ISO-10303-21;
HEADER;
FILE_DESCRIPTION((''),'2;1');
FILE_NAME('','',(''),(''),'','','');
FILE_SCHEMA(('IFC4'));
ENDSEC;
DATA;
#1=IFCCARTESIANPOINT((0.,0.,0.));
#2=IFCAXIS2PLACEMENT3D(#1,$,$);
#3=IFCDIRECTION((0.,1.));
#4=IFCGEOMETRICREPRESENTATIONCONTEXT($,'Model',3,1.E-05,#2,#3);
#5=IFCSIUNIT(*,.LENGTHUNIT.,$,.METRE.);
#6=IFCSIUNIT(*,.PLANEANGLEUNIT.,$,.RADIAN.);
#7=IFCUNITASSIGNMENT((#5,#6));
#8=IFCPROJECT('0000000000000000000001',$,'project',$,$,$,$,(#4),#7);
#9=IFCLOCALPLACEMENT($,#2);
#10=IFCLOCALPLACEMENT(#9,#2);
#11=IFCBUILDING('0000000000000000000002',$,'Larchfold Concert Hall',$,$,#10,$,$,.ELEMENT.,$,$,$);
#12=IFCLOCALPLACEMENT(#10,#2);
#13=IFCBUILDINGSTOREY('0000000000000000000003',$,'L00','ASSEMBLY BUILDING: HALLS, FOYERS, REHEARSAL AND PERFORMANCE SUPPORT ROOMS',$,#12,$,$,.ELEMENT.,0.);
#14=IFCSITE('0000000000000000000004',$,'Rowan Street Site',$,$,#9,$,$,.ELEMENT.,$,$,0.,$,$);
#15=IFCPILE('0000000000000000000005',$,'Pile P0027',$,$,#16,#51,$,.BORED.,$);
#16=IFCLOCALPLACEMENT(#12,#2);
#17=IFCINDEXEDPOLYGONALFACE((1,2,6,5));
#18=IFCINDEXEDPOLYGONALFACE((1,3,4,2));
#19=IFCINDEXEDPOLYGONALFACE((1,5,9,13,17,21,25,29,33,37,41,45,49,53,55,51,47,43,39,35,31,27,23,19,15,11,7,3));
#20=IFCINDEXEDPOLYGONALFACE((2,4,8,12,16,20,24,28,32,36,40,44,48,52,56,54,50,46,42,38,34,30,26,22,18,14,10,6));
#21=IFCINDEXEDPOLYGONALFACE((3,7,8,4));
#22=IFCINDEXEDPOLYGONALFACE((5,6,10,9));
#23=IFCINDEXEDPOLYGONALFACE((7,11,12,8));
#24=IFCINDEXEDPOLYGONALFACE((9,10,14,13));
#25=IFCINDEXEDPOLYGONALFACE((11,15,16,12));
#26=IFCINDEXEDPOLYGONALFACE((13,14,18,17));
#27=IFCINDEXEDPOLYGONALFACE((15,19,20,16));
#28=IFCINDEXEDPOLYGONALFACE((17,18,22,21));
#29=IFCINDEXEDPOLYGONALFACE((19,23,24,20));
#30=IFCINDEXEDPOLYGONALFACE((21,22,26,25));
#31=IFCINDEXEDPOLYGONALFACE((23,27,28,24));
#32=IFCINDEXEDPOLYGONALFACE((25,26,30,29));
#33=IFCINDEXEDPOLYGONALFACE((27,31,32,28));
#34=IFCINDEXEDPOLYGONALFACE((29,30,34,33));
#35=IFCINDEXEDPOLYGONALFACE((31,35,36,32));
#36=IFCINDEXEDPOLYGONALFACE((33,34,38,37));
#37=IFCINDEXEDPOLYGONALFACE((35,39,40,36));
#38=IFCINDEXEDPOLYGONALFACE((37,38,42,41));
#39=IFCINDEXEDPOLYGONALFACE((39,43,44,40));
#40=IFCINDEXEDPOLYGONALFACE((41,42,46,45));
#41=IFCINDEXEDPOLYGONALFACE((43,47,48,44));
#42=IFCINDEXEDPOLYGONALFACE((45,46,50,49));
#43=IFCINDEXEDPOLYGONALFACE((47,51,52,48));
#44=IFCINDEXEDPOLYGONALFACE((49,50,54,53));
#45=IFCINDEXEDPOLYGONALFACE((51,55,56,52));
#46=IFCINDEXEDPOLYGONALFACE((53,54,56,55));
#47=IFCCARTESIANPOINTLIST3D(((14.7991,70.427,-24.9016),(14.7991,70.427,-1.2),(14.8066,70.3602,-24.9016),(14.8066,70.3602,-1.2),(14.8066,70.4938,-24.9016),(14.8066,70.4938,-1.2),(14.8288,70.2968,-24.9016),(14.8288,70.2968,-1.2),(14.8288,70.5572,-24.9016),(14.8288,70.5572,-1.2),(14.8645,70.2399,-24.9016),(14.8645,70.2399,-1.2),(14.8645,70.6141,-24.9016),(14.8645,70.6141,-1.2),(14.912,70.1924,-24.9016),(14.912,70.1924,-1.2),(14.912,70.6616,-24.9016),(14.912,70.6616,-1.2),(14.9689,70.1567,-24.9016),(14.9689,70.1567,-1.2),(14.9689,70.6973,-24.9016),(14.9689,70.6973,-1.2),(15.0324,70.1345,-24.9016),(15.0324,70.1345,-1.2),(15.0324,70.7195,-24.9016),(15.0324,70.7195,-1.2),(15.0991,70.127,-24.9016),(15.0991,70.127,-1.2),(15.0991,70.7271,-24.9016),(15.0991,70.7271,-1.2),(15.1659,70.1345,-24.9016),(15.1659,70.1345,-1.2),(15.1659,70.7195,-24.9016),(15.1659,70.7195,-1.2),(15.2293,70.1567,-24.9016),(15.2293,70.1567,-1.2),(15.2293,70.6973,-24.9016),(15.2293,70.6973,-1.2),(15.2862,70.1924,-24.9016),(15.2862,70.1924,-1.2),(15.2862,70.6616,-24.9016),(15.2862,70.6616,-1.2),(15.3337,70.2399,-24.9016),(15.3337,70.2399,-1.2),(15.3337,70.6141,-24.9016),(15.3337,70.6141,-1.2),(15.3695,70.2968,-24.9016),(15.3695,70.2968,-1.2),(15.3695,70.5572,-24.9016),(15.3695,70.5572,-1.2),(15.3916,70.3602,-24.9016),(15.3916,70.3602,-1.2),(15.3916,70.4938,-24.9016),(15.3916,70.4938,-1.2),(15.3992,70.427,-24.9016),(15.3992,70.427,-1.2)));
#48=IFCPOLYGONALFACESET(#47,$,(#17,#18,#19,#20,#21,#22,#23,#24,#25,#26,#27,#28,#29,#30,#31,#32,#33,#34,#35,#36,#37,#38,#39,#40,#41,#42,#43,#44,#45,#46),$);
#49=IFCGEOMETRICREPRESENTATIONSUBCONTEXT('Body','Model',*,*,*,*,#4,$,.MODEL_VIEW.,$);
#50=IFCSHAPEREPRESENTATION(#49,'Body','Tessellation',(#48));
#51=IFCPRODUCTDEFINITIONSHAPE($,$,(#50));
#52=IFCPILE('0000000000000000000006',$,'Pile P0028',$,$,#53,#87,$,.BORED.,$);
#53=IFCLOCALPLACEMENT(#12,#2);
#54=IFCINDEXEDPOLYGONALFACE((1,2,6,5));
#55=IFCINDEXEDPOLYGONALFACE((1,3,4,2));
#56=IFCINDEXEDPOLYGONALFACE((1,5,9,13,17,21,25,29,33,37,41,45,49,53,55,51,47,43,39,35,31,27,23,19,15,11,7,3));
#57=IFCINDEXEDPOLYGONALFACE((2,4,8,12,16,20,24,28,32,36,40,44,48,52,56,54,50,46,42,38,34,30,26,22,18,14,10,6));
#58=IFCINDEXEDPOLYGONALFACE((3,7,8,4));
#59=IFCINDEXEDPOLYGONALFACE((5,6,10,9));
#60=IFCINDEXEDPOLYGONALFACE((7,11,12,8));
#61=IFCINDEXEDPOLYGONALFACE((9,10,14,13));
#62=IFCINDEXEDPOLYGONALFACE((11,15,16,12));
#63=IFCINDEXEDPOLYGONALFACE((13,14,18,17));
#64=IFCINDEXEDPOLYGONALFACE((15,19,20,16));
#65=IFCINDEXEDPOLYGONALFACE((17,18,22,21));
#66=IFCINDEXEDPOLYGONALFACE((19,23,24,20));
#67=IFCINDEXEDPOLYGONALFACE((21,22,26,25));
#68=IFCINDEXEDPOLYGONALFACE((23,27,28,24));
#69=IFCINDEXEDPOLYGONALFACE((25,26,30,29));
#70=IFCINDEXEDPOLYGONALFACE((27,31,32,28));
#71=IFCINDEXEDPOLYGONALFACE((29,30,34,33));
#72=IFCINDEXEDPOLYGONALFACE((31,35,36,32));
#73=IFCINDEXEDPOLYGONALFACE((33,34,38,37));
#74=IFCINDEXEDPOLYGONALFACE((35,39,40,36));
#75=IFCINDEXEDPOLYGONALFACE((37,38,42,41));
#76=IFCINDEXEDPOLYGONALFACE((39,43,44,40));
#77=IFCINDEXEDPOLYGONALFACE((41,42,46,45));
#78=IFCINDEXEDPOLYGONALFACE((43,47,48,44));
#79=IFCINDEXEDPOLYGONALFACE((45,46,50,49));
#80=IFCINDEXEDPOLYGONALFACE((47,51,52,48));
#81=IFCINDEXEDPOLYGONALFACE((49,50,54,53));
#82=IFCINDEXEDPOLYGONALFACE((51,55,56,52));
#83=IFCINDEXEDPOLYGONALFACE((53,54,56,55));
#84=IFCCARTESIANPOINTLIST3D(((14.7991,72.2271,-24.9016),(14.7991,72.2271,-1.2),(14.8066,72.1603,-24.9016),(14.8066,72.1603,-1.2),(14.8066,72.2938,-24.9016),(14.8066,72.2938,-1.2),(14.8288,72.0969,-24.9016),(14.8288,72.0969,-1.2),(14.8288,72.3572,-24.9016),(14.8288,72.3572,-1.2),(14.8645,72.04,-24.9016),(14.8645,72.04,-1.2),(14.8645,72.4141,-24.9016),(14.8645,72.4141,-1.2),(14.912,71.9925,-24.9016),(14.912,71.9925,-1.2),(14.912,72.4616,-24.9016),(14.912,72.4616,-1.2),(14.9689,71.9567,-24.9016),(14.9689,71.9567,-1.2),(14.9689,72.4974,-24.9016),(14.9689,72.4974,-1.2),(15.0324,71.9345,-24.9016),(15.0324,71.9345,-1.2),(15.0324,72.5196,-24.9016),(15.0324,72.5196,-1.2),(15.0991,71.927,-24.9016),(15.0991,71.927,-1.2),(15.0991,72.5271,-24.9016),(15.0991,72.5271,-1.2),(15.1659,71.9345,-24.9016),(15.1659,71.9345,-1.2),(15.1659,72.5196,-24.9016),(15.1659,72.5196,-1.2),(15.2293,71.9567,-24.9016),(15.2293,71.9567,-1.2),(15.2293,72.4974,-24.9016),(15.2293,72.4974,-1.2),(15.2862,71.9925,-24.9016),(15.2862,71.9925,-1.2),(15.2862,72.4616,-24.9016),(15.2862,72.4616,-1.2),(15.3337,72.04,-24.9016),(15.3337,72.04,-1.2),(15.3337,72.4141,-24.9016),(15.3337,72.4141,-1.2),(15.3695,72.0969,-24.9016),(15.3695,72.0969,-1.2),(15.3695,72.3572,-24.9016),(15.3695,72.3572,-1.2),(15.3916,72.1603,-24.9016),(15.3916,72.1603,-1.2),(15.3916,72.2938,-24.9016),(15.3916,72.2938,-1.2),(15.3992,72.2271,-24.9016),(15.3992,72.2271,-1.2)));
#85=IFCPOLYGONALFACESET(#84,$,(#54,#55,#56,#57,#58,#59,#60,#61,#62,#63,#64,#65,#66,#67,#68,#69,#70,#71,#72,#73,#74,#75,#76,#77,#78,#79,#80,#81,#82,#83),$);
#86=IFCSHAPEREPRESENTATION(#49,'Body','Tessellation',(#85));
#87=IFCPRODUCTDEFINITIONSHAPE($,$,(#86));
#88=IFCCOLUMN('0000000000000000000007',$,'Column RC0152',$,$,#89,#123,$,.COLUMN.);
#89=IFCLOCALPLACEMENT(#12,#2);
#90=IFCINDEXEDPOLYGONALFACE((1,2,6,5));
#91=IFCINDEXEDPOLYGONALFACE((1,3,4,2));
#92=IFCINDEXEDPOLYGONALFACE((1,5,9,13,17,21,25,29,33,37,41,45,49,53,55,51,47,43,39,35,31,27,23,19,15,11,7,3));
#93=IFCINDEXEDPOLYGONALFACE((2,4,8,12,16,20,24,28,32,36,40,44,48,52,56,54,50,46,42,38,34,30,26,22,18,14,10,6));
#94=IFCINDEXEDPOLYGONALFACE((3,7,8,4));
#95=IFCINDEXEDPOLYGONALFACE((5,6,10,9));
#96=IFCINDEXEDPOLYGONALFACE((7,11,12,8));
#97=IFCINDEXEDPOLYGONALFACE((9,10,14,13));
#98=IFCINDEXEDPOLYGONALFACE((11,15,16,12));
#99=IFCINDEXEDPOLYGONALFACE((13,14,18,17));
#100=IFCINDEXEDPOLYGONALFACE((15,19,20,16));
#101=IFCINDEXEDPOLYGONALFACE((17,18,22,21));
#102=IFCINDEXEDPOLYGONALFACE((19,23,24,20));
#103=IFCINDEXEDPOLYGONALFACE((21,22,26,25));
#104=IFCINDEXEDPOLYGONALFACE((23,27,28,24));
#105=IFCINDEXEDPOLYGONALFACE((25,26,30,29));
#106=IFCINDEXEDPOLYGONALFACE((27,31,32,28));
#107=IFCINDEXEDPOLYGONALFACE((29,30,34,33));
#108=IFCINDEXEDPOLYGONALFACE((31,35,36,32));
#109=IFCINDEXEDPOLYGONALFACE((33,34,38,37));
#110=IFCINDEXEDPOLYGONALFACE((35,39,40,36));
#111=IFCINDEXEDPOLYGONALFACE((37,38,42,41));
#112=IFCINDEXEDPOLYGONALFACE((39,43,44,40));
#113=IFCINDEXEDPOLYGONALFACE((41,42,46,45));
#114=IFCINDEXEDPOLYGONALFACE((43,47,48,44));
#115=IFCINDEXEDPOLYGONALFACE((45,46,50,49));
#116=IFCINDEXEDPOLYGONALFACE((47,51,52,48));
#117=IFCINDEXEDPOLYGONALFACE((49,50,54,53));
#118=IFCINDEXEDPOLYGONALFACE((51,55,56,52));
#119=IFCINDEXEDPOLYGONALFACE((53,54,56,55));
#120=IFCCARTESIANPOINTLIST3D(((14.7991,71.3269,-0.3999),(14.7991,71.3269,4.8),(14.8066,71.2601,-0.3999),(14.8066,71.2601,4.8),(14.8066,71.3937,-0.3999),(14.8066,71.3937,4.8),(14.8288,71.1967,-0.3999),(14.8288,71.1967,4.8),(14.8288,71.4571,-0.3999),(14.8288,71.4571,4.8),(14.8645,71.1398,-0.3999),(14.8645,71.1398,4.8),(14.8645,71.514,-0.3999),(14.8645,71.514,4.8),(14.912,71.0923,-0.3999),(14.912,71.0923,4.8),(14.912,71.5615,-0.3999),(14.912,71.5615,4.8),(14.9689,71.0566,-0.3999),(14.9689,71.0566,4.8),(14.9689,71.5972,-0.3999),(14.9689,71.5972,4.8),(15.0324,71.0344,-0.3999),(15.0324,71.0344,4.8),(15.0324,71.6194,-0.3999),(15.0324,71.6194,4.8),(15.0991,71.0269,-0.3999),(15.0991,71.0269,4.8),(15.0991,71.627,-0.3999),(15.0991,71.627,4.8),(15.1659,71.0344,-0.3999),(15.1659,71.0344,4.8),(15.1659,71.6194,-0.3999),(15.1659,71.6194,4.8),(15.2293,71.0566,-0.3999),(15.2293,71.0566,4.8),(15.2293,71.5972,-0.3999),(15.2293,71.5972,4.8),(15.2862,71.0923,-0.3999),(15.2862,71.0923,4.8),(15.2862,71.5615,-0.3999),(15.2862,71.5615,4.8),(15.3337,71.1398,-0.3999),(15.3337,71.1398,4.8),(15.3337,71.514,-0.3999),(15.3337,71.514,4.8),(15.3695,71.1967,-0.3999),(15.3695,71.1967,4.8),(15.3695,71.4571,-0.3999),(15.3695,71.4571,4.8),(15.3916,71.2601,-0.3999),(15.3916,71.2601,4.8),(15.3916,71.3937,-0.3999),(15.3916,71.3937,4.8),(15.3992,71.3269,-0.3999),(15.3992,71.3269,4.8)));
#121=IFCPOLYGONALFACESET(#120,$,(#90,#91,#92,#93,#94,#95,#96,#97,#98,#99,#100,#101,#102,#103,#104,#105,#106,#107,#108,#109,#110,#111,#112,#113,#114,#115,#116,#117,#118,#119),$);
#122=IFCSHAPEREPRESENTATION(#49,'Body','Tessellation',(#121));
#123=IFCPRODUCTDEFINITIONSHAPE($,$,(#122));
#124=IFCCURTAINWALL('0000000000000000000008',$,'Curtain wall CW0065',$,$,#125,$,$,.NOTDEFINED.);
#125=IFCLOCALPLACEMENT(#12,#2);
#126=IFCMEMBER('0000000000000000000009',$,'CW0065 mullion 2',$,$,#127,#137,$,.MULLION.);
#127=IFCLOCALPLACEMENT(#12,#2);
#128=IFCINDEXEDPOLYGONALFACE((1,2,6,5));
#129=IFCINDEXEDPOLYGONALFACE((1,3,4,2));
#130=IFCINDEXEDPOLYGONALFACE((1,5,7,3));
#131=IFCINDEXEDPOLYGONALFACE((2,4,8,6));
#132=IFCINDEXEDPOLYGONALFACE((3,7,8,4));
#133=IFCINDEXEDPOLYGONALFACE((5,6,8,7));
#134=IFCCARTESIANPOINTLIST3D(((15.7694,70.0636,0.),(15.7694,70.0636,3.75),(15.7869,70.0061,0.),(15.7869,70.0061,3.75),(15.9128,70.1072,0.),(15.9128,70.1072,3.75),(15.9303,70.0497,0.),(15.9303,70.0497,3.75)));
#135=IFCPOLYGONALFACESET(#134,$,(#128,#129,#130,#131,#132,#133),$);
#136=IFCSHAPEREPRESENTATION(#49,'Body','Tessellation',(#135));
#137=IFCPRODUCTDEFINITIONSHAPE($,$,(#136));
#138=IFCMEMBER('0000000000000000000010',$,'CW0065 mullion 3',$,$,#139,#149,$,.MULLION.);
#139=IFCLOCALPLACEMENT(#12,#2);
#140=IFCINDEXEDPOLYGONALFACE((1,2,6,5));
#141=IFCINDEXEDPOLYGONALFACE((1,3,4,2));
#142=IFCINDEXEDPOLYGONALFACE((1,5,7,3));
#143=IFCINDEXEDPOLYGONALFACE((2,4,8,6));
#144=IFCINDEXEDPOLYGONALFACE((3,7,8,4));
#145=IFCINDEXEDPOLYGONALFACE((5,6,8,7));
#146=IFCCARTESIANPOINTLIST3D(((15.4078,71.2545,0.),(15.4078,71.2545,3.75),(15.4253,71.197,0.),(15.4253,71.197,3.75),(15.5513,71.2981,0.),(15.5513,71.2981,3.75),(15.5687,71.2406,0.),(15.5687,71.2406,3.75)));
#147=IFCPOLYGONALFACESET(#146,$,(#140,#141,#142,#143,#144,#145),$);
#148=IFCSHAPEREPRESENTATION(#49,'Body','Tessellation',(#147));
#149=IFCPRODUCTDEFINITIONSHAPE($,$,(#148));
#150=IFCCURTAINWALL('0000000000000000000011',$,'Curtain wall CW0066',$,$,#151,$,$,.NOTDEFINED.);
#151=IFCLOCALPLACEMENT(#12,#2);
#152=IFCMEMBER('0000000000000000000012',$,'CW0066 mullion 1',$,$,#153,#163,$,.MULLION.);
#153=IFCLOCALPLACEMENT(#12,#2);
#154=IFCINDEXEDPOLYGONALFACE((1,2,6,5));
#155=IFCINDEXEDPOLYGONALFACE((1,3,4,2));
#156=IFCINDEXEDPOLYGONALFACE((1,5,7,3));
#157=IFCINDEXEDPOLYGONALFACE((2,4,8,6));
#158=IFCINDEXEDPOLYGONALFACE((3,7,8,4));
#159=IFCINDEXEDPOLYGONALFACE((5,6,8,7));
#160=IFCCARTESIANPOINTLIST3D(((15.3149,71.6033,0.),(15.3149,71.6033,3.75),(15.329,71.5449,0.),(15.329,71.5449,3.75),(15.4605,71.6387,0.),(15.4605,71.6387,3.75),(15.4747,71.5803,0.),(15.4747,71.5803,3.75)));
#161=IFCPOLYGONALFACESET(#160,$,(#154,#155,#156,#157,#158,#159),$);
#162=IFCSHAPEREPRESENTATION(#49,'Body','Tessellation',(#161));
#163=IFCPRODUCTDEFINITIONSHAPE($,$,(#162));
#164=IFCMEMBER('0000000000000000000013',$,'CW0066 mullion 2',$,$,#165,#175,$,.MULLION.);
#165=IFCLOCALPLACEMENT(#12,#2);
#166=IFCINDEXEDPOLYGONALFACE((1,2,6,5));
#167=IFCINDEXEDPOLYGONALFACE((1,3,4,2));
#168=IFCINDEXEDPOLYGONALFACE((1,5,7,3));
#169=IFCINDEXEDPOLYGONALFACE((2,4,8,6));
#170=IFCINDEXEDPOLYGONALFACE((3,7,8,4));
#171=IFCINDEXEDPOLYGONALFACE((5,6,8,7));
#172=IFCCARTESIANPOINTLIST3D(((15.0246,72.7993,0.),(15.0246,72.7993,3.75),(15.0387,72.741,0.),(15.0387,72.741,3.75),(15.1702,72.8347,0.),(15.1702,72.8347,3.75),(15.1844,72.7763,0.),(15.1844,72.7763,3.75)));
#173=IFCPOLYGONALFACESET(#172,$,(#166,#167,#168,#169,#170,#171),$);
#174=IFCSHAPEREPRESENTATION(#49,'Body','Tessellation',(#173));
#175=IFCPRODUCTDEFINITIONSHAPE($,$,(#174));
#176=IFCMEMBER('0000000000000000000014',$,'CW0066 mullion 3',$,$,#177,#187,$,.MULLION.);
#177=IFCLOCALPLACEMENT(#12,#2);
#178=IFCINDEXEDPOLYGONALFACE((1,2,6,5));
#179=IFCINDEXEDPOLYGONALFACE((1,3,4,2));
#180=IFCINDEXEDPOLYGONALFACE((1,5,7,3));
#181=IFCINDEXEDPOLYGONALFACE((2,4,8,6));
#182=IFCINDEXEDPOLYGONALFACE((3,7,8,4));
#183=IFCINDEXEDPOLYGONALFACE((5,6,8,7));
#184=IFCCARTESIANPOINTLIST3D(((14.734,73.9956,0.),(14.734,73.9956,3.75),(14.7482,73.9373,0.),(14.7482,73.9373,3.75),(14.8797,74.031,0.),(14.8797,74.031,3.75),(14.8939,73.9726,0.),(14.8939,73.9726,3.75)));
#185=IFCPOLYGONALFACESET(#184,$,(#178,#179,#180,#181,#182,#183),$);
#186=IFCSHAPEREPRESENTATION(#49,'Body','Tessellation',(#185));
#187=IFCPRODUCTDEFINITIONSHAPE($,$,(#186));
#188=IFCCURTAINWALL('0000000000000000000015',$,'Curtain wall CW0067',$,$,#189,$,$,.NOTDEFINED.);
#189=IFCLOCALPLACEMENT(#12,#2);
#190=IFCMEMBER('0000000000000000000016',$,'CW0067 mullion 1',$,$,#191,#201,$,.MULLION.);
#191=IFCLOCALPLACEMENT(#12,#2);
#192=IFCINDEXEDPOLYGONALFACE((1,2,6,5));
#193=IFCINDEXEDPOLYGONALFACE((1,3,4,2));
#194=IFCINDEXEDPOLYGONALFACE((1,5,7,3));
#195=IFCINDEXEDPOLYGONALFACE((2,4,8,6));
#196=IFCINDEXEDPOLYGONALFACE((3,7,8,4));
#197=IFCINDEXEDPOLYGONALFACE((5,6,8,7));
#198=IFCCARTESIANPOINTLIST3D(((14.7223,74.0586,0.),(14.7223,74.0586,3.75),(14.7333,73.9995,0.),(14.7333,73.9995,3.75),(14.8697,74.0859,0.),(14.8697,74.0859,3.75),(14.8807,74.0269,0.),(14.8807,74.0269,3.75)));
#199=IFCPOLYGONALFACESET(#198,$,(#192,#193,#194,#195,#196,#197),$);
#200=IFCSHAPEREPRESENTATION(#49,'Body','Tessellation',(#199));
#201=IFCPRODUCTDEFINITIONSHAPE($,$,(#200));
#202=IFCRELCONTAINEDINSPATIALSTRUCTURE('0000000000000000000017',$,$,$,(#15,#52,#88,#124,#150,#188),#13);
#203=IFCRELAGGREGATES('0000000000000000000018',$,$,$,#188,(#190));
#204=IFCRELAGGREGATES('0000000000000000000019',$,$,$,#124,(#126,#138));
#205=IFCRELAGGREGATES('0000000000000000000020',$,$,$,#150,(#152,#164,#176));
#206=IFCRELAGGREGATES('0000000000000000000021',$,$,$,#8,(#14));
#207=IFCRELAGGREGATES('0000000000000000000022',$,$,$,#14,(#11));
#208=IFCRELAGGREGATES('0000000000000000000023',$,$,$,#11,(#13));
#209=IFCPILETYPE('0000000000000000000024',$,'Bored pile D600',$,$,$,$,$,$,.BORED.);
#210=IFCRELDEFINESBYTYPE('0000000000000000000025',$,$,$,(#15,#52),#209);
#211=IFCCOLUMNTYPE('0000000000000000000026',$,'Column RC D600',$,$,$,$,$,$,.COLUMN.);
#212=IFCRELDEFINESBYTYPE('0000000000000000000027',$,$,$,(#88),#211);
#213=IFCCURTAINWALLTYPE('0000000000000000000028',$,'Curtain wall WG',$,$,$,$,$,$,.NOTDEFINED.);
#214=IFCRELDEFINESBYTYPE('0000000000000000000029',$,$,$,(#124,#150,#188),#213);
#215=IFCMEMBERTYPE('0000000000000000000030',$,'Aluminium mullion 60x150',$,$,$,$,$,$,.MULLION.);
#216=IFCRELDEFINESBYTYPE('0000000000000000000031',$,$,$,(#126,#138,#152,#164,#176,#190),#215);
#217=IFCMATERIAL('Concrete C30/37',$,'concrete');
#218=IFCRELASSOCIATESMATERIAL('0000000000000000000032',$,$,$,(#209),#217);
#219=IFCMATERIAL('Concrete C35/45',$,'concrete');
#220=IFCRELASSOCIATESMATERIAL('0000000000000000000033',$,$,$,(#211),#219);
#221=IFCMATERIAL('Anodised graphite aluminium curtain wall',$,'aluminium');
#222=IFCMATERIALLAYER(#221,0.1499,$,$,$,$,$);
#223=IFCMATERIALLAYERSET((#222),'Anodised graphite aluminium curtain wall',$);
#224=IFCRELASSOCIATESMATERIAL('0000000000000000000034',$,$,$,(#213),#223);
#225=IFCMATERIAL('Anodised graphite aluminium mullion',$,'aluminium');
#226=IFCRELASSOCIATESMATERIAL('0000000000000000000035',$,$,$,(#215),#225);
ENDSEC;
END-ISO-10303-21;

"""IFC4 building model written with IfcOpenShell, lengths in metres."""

from ifc_helpers import new_model, si_unit, direction, frame, origin, origin_2d, place, context, subcontext, project, spatial, rectangle, circle, extrude, material, layer, layer_set, material_profile, profile_set, type_object, element, aggregate, save


model = new_model("IFC4")

# Units and contexts
model_context = context("Model", 3, precision=1e-05, world=origin(), true_north=direction((0.0, 1.0)))
body_context = subcontext(model_context, "Body", "Model", "MODEL_VIEW")
ifc_project = project(units=[si_unit("LENGTHUNIT", "METRE"), si_unit("PLANEANGLEUNIT", "RADIAN")], contexts=[model_context])

# Site, building, storey
site_placement = place(None, origin())
site = spatial("IfcSite", under=ifc_project, at=site_placement, Name="Rowan Street Site", CompositionType="ELEMENT", RefElevation=0.0)
building_placement = place(site_placement, origin())
building = spatial("IfcBuilding", under=site, at=building_placement, Name="Larchfold Concert Hall", CompositionType="ELEMENT")
storey_placement = place(building_placement, origin())
storey = spatial("IfcBuildingStorey", under=building, at=storey_placement, Name="L00", Description="ASSEMBLY BUILDING: HALLS, FOYERS, REHEARSAL AND PERFORMANCE SUPPORT ROOMS", CompositionType="ELEMENT", Elevation=0.0)

# Piles
ifc_material_1 = material(Name="Concrete C30/37", Category="concrete")
ifc_material_profile_1 = material_profile(ifc_material_1, circle(Radius=0.3, at=origin_2d()))
ifc_profile_set_1 = profile_set([ifc_material_profile_1], Name="Concrete C30/37")
pile_type = type_object("IfcPileType", Name="Bored pile D600", PredefinedType="BORED", material=ifc_profile_set_1)
for number, where, z_axis, x_axis, name in (
    (1, (15.0991, 70.427, -1.2), (0.0, 0.0, -1.0), (1.0, 0.0, 0.0), "Pile P0027"),
    (2, (15.0991, 72.2271, -1.2), (0.0, 0.0, -1.0), (1.0, 0.0, 0.0), "Pile P0028"),
):
    element("IfcPile", number, at=place(storey_placement, frame(where, z_axis=z_axis, x_axis=x_axis)), inside=storey, type_object=pile_type, Name=name, PredefinedType="BORED", context=body_context, shape_type="SweptSolid", body=[
        extrude(circle(Radius=0.3, at=origin_2d()), origin(), (0.0, 0.0, 1.0), 23.7017),
    ])

# Column
ifc_material_2 = material(Name="Concrete C35/45", Category="concrete")
ifc_material_profile_2 = material_profile(ifc_material_2, circle(Radius=0.3, at=origin_2d()))
ifc_profile_set_2 = profile_set([ifc_material_profile_2], Name="Concrete C35/45")
column_type = type_object("IfcColumnType", Name="Column RC D600", PredefinedType="COLUMN", material=ifc_profile_set_2)
column_placement = place(storey_placement, frame((15.0991, 71.3269, -0.3999), z_axis=(0.0, 0.0, 1.0), x_axis=(1.0, 0.0, 0.0)))
element("IfcColumn", 3, at=column_placement, inside=storey, type_object=column_type, Name="Column RC0152", PredefinedType="COLUMN", context=body_context, shape_type="SweptSolid", body=[
    extrude(circle(Radius=0.3, at=origin_2d()), origin(), (0.0, 0.0, 1.0), 5.2),
])

# Curtain walls, members
ifc_material_3 = material(Name="Anodised graphite aluminium curtain wall", Category="aluminium")
ifc_layer_1 = layer(ifc_material_3, 0.1499)
ifc_layer_set_1 = layer_set([ifc_layer_1], Name="Anodised graphite aluminium curtain wall")
curtain_wall_type = type_object("IfcCurtainWallType", Name="Curtain wall WG", PredefinedType="NOTDEFINED", material=ifc_layer_set_1)
curtain_wall_1_placement = place(storey_placement, origin())
curtain_wall_1 = element("IfcCurtainWall", 4, at=curtain_wall_1_placement, inside=storey, type_object=curtain_wall_type, Name="Curtain wall CW0065", PredefinedType="NOTDEFINED")
ifc_material_4 = material(Name="Anodised graphite aluminium mullion", Category="aluminium")
ifc_material_profile_3 = material_profile(ifc_material_4, rectangle(XDim=0.1499, YDim=0.0601, at=origin_2d()))
ifc_profile_set_3 = profile_set([ifc_material_profile_3], Name="Anodised graphite aluminium mullion")
member_type_1 = type_object("IfcMemberType", Name="Aluminium mullion 60x150", PredefinedType="MULLION", material=ifc_profile_set_3)
member_1_placement = place(storey_placement, frame((15.8499, 70.0566, 0.0), z_axis=(0.0, 0.0, 1.0), x_axis=(-0.956862, -0.290544, 0.0)))
member_1 = element("IfcMember", 5, at=member_1_placement, type_object=member_type_1, Name="CW0065 mullion 2", PredefinedType="MULLION", context=body_context, shape_type="SweptSolid", body=[
    extrude(rectangle(XDim=0.1499, YDim=0.0601, at=origin_2d()), origin(), (0.0, 0.0, 1.0), 3.75),
])
member_2_placement = place(storey_placement, frame((15.4883, 71.2476, 0.0), z_axis=(0.0, 0.0, 1.0), x_axis=(-0.956862, -0.290544, 0.0)))
member_2 = element("IfcMember", 6, at=member_2_placement, type_object=member_type_1, Name="CW0065 mullion 3", PredefinedType="MULLION", context=body_context, shape_type="SweptSolid", body=[
    extrude(rectangle(XDim=0.1499, YDim=0.0601, at=origin_2d()), origin(), (0.0, 0.0, 1.0), 3.75),
])
curtain_wall_2_placement = place(storey_placement, origin())
curtain_wall_2 = element("IfcCurtainWall", 7, at=curtain_wall_2_placement, inside=storey, type_object=curtain_wall_type, Name="Curtain wall CW0066", PredefinedType="NOTDEFINED")
member_3_placement = place(storey_placement, frame((15.3948, 71.5918, 0.0), z_axis=(0.0, 0.0, 1.0), x_axis=(-0.971766, -0.235946, 0.0)))
member_3 = element("IfcMember", 8, at=member_3_placement, type_object=member_type_1, Name="CW0066 mullion 1", PredefinedType="MULLION", context=body_context, shape_type="SweptSolid", body=[
    extrude(rectangle(XDim=0.1499, YDim=0.0601, at=origin_2d()), origin(), (0.0, 0.0, 1.0), 3.75),
])
member_4_placement = place(storey_placement, frame((15.1045, 72.7878, 0.0), z_axis=(0.0, 0.0, 1.0), x_axis=(-0.971766, -0.235946, 0.0)))
member_4 = element("IfcMember", 9, at=member_4_placement, type_object=member_type_1, Name="CW0066 mullion 2", PredefinedType="MULLION", context=body_context, shape_type="SweptSolid", body=[
    extrude(rectangle(XDim=0.1499, YDim=0.0601, at=origin_2d()), origin(), (0.0, 0.0, 1.0), 3.75),
])
member_5_placement = place(storey_placement, frame((14.814, 73.9841, 0.0), z_axis=(0.0, 0.0, 1.0), x_axis=(-0.971766, -0.235946, 0.0)))
member_5 = element("IfcMember", 10, at=member_5_placement, type_object=member_type_1, Name="CW0066 mullion 3", PredefinedType="MULLION", context=body_context, shape_type="SweptSolid", body=[
    extrude(rectangle(XDim=0.1499, YDim=0.0601, at=origin_2d()), origin(), (0.0, 0.0, 1.0), 3.75),
])

# Curtain wall, member
curtain_wall_3_placement = place(storey_placement, origin())
curtain_wall_3 = element("IfcCurtainWall", 11, at=curtain_wall_3_placement, inside=storey, type_object=curtain_wall_type, Name="Curtain wall CW0067", PredefinedType="NOTDEFINED")
member_6_placement = place(storey_placement, frame((14.8015, 74.0427, 0.0), z_axis=(0.0, 0.0, 1.0), x_axis=(-0.983226, -0.18239, 0.0)))
member_6 = element("IfcMember", 12, at=member_6_placement, type_object=member_type_1, Name="CW0067 mullion 1", PredefinedType="MULLION", context=body_context, shape_type="SweptSolid", body=[
    extrude(rectangle(XDim=0.1499, YDim=0.0601, at=origin_2d()), origin(), (0.0, 0.0, 1.0), 3.75),
])
aggregate(curtain_wall_3, [member_6])

aggregate(curtain_wall_1, [member_1, member_2])
aggregate(curtain_wall_2, [member_3, member_4, member_5])

save(model, "model.ifc")
